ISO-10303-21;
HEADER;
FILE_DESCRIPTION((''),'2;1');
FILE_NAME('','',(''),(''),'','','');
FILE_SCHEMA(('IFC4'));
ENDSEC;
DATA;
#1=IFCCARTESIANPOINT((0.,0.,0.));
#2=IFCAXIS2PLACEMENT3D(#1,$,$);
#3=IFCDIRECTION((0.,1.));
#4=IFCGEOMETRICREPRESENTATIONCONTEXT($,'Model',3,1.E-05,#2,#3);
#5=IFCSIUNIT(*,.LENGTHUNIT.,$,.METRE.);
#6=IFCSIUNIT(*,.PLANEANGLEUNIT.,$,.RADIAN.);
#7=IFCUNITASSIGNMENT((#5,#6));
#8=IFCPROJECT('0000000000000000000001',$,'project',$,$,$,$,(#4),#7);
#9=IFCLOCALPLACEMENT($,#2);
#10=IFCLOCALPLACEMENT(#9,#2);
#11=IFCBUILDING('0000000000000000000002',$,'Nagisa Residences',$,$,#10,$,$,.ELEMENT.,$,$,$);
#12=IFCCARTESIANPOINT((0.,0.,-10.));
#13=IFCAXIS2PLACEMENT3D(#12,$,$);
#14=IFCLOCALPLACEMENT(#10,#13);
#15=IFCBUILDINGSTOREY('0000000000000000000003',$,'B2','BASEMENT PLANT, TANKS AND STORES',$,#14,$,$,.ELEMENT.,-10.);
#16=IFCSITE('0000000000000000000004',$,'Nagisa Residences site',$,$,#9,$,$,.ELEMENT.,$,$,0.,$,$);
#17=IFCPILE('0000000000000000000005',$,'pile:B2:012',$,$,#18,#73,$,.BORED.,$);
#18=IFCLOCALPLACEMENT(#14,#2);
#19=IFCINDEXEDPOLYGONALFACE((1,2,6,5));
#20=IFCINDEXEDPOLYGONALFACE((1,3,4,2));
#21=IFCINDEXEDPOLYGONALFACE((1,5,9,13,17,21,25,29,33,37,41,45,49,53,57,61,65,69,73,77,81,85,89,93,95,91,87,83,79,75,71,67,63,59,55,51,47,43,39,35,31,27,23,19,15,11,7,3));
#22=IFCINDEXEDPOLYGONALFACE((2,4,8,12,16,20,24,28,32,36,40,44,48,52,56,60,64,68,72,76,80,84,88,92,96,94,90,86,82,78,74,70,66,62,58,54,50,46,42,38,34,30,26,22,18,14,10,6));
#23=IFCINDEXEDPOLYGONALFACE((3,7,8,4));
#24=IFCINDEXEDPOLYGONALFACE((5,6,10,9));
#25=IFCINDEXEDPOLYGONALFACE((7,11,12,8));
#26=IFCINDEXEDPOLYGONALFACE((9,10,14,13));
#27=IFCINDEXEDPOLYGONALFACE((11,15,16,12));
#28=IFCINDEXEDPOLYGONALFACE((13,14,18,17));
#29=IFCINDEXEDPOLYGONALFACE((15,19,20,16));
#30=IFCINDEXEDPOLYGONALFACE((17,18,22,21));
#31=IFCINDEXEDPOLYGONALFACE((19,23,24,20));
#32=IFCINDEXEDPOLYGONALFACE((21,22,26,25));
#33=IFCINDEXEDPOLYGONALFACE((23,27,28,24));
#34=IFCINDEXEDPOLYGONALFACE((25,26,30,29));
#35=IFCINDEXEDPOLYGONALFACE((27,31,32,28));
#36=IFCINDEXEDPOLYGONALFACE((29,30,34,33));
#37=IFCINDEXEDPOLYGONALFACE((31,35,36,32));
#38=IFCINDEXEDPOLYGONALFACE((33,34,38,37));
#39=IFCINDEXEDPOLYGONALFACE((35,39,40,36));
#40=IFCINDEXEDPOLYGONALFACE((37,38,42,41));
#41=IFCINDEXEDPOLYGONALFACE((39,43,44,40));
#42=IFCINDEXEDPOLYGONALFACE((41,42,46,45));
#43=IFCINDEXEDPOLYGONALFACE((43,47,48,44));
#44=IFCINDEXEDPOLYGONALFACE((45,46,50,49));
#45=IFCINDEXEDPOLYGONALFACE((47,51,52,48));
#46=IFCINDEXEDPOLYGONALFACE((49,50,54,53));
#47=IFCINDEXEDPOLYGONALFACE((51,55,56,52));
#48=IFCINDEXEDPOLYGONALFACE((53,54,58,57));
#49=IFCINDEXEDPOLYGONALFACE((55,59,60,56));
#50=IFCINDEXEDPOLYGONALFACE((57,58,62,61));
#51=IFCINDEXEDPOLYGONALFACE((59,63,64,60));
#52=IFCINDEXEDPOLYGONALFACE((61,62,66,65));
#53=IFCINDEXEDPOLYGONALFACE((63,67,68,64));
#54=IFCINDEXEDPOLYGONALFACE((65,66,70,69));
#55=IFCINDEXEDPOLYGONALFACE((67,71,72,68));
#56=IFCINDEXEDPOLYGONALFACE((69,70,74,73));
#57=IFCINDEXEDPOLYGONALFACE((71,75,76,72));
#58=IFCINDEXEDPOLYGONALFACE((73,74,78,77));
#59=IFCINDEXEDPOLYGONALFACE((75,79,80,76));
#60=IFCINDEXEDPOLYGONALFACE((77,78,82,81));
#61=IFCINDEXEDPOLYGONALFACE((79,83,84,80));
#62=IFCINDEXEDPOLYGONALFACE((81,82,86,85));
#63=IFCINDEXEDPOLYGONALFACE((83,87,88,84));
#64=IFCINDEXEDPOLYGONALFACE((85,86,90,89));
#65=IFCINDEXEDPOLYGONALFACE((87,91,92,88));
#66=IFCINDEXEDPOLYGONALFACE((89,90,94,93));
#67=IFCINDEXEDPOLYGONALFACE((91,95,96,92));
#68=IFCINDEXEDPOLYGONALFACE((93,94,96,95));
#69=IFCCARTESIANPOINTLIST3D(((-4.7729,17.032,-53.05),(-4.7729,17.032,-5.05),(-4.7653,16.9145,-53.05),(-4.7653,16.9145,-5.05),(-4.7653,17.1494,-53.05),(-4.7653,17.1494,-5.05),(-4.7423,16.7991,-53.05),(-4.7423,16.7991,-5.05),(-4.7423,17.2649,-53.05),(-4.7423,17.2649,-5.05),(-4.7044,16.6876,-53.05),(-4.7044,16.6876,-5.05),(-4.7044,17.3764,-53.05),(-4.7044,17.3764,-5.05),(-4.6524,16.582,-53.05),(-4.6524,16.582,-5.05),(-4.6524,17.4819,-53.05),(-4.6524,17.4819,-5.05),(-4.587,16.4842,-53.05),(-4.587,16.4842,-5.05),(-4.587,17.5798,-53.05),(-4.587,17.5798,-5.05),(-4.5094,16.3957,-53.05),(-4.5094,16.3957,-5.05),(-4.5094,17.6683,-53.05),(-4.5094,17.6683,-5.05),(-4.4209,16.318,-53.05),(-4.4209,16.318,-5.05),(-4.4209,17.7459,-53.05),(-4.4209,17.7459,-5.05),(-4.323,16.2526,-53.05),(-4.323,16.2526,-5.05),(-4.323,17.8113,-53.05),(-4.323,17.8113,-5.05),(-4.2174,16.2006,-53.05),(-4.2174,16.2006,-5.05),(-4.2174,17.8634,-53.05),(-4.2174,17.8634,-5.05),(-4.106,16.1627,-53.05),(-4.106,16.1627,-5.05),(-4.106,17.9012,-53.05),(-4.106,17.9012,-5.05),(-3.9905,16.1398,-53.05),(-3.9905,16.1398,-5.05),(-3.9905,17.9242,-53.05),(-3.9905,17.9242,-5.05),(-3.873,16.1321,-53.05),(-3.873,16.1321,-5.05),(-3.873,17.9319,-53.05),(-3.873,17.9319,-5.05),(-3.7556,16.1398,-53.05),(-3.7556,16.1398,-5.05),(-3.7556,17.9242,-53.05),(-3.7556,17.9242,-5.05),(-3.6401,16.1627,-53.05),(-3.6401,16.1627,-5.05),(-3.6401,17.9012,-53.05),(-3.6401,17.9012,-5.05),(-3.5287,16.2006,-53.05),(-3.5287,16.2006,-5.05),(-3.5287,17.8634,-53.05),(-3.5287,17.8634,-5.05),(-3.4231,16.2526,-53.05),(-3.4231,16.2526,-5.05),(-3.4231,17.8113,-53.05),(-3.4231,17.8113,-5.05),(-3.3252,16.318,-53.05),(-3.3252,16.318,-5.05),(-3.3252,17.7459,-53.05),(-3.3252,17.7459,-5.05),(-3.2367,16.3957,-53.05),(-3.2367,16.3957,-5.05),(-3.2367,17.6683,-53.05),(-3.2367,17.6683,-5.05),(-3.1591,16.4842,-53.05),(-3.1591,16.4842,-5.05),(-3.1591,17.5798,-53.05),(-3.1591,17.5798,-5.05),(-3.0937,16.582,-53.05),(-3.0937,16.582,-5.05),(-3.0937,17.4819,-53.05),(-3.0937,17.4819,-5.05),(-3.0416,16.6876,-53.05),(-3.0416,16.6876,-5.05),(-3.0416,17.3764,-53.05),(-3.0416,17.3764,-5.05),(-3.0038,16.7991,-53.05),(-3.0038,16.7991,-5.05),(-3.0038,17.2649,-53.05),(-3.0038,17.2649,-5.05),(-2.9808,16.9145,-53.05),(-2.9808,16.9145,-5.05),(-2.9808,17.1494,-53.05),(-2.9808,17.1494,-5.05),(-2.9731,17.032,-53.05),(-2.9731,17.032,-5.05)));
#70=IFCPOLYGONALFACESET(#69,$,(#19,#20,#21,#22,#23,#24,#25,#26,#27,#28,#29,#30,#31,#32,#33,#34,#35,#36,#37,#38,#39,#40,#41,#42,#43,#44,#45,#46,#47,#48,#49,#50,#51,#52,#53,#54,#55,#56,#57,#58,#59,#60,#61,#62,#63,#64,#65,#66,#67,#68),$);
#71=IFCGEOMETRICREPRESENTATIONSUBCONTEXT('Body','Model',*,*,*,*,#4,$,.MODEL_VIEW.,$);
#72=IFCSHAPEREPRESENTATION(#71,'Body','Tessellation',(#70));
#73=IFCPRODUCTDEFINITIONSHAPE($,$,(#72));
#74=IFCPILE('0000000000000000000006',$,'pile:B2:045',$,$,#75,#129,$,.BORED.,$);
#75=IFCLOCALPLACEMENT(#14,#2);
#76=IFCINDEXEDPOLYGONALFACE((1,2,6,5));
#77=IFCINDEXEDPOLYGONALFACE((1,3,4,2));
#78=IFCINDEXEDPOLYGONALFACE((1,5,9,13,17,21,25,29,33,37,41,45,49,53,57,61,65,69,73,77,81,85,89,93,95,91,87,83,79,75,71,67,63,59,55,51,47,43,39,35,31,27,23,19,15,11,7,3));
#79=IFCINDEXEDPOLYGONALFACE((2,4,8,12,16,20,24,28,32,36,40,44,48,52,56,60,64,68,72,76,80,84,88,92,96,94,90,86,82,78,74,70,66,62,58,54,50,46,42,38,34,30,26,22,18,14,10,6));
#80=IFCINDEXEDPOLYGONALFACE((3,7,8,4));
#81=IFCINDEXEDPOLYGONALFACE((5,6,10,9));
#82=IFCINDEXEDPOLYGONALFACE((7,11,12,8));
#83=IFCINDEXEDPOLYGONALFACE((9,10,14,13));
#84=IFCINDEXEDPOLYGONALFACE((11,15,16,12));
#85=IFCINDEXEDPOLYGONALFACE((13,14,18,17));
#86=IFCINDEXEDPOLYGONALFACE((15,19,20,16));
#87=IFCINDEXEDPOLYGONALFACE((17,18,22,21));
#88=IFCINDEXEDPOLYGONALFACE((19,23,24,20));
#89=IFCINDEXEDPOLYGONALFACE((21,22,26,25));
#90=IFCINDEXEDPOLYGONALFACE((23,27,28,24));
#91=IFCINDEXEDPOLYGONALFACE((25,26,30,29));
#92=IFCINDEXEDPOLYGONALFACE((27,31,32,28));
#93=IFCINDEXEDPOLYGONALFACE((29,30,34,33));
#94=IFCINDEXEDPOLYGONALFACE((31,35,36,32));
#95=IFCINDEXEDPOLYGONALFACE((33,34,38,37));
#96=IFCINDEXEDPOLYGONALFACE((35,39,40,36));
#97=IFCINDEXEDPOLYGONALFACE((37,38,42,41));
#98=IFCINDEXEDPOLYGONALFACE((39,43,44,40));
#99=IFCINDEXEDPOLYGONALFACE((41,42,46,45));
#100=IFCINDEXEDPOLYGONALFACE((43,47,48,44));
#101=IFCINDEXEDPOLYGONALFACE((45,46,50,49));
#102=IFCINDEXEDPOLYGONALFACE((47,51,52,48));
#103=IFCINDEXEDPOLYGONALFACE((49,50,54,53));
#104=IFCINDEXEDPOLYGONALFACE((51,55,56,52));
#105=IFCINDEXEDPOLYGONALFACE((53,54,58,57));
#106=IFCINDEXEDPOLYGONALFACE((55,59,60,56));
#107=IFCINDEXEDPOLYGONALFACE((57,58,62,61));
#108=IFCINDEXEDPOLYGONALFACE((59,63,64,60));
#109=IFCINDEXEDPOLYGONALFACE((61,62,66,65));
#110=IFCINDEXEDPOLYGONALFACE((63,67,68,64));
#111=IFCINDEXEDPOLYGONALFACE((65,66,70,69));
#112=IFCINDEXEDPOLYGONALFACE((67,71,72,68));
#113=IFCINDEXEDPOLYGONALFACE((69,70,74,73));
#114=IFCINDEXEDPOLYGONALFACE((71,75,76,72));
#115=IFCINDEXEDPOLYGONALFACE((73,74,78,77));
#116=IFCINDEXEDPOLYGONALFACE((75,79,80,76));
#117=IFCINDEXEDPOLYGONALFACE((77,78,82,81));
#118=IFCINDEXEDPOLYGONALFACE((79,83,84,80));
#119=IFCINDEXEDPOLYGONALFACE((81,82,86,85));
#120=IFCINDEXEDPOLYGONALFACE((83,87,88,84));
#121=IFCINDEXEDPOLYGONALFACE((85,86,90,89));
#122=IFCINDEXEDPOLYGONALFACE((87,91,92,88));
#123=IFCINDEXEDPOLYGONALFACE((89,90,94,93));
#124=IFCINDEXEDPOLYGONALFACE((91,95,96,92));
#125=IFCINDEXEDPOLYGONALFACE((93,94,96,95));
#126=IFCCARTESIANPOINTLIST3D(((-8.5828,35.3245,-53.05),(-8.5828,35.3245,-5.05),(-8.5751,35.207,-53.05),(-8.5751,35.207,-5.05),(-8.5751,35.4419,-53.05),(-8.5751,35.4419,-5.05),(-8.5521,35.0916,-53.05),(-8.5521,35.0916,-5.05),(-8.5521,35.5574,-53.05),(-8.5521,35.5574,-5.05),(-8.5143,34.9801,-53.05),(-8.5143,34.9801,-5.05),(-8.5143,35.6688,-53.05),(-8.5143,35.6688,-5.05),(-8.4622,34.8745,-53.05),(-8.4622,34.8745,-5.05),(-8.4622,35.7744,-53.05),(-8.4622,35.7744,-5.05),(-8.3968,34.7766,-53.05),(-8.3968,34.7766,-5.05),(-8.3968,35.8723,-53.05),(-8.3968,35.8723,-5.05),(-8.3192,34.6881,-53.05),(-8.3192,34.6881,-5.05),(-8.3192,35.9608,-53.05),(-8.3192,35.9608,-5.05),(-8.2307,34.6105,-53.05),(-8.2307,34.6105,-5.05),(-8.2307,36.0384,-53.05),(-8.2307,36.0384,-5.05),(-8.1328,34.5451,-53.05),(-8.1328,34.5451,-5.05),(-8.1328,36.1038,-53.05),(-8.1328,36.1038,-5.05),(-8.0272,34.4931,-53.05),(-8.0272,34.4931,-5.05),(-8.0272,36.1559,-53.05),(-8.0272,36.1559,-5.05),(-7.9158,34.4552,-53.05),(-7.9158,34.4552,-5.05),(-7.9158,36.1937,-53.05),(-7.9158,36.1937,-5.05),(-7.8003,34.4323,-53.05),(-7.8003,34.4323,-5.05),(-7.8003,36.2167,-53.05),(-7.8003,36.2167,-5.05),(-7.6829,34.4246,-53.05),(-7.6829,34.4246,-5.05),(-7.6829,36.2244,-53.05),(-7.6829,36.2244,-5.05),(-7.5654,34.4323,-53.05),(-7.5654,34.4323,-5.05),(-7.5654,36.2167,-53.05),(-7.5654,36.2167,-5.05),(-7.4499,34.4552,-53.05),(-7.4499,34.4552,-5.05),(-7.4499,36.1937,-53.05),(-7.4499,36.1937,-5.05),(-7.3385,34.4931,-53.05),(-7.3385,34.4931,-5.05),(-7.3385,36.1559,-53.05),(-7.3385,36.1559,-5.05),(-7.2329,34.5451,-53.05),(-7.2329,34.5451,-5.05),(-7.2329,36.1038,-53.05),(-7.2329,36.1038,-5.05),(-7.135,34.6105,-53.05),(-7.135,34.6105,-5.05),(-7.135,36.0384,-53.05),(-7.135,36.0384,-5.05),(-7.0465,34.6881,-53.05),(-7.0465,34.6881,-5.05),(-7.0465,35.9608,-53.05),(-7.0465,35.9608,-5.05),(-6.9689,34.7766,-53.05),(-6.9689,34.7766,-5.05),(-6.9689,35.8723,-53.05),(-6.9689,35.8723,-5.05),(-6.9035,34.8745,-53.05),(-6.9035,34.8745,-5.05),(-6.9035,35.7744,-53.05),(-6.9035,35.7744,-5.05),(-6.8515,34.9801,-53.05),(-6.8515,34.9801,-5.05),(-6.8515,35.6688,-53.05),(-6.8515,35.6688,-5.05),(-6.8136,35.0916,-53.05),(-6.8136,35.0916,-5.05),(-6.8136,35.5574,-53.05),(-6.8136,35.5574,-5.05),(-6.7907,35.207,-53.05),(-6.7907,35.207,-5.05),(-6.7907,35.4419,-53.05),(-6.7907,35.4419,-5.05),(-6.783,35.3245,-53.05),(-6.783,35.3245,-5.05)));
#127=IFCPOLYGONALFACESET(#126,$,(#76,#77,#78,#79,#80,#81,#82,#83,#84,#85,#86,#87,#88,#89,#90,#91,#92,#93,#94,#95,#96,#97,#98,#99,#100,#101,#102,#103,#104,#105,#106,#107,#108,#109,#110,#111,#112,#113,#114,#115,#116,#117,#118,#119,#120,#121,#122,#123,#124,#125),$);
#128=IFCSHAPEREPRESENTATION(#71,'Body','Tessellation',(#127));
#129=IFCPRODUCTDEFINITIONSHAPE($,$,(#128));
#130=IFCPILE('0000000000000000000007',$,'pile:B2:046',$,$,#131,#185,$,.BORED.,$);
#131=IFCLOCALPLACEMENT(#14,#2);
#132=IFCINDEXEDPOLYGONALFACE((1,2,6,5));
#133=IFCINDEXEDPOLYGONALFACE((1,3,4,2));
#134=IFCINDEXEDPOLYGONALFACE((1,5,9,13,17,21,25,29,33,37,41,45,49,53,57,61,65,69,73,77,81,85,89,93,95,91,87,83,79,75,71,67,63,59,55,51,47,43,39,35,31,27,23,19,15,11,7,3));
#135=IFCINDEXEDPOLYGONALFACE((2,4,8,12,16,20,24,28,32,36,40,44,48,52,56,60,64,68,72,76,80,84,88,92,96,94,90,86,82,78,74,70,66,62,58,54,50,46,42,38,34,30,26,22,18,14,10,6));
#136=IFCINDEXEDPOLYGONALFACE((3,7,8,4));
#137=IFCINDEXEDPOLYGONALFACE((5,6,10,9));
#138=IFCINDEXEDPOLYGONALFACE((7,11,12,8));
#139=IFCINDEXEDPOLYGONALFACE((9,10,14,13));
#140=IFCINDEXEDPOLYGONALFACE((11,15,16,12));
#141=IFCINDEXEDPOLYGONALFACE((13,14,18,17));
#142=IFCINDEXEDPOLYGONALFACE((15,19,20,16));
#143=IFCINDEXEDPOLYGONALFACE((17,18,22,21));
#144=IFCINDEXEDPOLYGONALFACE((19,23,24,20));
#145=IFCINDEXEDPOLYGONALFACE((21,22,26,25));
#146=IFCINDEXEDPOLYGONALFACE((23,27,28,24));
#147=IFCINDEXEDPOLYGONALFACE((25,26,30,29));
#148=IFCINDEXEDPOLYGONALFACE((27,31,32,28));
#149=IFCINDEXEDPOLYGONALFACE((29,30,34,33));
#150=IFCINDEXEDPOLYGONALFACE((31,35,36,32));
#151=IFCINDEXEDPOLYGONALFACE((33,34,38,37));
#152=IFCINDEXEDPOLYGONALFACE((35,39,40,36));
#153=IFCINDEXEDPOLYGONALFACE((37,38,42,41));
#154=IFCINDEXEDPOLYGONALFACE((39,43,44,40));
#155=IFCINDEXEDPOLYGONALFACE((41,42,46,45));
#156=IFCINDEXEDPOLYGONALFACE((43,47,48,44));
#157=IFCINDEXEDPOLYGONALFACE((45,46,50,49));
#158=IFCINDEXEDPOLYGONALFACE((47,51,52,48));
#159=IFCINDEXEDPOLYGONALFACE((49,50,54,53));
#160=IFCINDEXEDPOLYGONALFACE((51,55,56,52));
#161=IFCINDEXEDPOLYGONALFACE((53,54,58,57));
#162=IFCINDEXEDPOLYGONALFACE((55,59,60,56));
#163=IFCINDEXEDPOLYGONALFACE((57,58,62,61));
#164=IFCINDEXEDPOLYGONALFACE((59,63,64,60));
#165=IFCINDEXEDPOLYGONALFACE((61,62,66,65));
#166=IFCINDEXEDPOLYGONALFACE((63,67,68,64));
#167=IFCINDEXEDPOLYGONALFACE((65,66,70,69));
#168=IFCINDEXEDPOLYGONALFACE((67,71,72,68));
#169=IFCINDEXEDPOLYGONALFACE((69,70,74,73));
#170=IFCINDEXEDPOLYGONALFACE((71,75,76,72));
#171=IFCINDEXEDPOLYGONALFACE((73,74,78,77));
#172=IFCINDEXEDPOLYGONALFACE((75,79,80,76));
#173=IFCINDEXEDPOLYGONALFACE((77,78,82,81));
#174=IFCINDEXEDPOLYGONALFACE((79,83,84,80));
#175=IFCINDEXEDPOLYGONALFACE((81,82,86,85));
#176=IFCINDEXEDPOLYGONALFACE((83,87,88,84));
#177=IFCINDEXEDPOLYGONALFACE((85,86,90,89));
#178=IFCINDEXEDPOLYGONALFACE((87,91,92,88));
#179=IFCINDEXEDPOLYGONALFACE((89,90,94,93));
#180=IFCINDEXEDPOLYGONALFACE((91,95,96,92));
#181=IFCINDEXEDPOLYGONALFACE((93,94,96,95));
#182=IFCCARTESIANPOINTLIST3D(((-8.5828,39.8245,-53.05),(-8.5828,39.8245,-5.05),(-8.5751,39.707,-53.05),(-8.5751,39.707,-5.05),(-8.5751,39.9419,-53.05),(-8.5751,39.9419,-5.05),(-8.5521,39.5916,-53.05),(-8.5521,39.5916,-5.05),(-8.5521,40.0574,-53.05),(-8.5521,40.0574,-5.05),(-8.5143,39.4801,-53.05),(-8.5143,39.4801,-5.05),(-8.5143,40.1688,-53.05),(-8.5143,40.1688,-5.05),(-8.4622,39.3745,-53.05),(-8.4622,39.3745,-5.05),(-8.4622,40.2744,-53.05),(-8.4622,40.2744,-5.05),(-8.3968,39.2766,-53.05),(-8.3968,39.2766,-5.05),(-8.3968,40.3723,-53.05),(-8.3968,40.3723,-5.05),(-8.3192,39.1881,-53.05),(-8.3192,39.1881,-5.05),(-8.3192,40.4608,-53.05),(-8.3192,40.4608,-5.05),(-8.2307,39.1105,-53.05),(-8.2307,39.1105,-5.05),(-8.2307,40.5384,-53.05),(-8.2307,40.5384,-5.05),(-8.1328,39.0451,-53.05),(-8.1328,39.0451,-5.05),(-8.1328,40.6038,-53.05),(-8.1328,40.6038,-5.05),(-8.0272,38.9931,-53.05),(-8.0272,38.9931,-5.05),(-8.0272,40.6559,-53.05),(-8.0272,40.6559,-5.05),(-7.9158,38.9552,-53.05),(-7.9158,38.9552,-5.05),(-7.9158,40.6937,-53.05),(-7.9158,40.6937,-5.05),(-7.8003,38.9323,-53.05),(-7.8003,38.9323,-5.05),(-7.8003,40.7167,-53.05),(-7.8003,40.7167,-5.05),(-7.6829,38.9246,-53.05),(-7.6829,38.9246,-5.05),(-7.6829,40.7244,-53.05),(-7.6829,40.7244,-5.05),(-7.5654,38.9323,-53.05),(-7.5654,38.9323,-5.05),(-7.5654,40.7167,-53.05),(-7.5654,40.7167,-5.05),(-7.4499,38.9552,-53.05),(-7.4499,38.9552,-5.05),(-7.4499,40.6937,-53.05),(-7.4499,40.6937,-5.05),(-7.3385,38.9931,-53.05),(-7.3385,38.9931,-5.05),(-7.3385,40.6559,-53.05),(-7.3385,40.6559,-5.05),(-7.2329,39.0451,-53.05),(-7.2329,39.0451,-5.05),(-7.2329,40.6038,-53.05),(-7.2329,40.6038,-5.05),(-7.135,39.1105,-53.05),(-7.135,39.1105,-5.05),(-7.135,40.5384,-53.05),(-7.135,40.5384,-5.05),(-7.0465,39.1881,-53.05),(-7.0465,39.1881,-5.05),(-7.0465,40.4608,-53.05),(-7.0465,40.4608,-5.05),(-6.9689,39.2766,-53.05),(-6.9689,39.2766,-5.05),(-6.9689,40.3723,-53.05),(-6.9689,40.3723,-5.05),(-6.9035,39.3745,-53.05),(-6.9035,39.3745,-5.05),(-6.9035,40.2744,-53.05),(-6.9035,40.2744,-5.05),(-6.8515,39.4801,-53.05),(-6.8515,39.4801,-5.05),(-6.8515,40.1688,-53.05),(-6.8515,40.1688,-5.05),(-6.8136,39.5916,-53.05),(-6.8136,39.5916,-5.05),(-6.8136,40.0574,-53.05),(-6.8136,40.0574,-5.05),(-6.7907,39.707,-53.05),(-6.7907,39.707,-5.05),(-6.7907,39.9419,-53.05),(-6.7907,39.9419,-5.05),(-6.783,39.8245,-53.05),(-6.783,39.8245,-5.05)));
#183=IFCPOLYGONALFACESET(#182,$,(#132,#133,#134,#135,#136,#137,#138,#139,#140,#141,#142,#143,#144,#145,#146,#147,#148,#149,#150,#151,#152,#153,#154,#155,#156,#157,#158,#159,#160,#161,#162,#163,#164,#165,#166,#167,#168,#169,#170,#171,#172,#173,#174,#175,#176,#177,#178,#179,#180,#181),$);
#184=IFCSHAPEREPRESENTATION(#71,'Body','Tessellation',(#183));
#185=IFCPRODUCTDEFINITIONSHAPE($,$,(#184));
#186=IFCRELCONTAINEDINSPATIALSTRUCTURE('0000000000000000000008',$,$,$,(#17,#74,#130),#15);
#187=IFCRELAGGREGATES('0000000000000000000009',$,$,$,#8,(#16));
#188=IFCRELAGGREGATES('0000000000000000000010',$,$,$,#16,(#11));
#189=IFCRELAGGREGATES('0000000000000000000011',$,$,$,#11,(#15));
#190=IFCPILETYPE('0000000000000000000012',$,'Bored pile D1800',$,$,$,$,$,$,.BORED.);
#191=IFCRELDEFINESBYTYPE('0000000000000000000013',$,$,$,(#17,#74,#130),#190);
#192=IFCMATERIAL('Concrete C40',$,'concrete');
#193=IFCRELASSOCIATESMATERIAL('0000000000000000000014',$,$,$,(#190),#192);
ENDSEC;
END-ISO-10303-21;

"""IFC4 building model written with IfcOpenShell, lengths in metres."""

from ifc_helpers import new_model, si_unit, direction, frame, origin, origin_2d, place, context, subcontext, project, spatial, circle, extrude, material, material_profile, profile_set, type_object, element, save


model = new_model("IFC4")

# Units and contexts
model_context = context("Model", 3, precision=1e-05, world=origin(), true_north=direction((0.0, 1.0)))
body_context = subcontext(model_context, "Body", "Model", "MODEL_VIEW")
ifc_project = project(units=[si_unit("LENGTHUNIT", "METRE"), si_unit("PLANEANGLEUNIT", "RADIAN")], contexts=[model_context])

# Site, building, storey
site_placement = place(None, origin())
site = spatial("IfcSite", under=ifc_project, at=site_placement, Name="Nagisa Residences site", CompositionType="ELEMENT", RefElevation=0.0)
building_placement = place(site_placement, origin())
building = spatial("IfcBuilding", under=site, at=building_placement, Name="Nagisa Residences", CompositionType="ELEMENT")
storey_placement = place(building_placement, frame((0.0, 0.0, -10.0)))
storey = spatial("IfcBuildingStorey", under=building, at=storey_placement, Name="B2", Description="BASEMENT PLANT, TANKS AND STORES", CompositionType="ELEMENT", Elevation=-10.0)

# Piles
ifc_material_1 = material(Name="Concrete C40", Category="concrete")
ifc_material_profile_1 = material_profile(ifc_material_1, circle(Radius=0.8999, at=origin_2d()), Name="Bored pile D1800")
ifc_profile_set_1 = profile_set([ifc_material_profile_1], Name="Concrete C40")
pile_type = type_object("IfcPileType", Name="Bored pile D1800", PredefinedType="BORED", material=ifc_profile_set_1)
for number, where, z_axis, x_axis, name in (
    (1, (-3.873, 17.032, -5.05), (0.0, 0.0, -1.0), (1.0, 0.0, 0.0), "pile:B2:012"),
    (2, (-7.6829, 35.3245, -5.05), (0.0, 0.0, -1.0), (1.0, 0.0, 0.0), "pile:B2:045"),
    (3, (-7.6829, 39.8245, -5.05), (0.0, 0.0, -1.0), (1.0, 0.0, 0.0), "pile:B2:046"),
):
    element("IfcPile", number, at=place(storey_placement, frame(where, z_axis=z_axis, x_axis=x_axis)), inside=storey, type_object=pile_type, Name=name, PredefinedType="BORED", context=body_context, shape_type="SweptSolid", body=[
        extrude(circle(Radius=0.8999, at=origin_2d()), origin(), (0.0, 0.0, 1.0), 48.0),
    ])

save(model, "model.ifc")
